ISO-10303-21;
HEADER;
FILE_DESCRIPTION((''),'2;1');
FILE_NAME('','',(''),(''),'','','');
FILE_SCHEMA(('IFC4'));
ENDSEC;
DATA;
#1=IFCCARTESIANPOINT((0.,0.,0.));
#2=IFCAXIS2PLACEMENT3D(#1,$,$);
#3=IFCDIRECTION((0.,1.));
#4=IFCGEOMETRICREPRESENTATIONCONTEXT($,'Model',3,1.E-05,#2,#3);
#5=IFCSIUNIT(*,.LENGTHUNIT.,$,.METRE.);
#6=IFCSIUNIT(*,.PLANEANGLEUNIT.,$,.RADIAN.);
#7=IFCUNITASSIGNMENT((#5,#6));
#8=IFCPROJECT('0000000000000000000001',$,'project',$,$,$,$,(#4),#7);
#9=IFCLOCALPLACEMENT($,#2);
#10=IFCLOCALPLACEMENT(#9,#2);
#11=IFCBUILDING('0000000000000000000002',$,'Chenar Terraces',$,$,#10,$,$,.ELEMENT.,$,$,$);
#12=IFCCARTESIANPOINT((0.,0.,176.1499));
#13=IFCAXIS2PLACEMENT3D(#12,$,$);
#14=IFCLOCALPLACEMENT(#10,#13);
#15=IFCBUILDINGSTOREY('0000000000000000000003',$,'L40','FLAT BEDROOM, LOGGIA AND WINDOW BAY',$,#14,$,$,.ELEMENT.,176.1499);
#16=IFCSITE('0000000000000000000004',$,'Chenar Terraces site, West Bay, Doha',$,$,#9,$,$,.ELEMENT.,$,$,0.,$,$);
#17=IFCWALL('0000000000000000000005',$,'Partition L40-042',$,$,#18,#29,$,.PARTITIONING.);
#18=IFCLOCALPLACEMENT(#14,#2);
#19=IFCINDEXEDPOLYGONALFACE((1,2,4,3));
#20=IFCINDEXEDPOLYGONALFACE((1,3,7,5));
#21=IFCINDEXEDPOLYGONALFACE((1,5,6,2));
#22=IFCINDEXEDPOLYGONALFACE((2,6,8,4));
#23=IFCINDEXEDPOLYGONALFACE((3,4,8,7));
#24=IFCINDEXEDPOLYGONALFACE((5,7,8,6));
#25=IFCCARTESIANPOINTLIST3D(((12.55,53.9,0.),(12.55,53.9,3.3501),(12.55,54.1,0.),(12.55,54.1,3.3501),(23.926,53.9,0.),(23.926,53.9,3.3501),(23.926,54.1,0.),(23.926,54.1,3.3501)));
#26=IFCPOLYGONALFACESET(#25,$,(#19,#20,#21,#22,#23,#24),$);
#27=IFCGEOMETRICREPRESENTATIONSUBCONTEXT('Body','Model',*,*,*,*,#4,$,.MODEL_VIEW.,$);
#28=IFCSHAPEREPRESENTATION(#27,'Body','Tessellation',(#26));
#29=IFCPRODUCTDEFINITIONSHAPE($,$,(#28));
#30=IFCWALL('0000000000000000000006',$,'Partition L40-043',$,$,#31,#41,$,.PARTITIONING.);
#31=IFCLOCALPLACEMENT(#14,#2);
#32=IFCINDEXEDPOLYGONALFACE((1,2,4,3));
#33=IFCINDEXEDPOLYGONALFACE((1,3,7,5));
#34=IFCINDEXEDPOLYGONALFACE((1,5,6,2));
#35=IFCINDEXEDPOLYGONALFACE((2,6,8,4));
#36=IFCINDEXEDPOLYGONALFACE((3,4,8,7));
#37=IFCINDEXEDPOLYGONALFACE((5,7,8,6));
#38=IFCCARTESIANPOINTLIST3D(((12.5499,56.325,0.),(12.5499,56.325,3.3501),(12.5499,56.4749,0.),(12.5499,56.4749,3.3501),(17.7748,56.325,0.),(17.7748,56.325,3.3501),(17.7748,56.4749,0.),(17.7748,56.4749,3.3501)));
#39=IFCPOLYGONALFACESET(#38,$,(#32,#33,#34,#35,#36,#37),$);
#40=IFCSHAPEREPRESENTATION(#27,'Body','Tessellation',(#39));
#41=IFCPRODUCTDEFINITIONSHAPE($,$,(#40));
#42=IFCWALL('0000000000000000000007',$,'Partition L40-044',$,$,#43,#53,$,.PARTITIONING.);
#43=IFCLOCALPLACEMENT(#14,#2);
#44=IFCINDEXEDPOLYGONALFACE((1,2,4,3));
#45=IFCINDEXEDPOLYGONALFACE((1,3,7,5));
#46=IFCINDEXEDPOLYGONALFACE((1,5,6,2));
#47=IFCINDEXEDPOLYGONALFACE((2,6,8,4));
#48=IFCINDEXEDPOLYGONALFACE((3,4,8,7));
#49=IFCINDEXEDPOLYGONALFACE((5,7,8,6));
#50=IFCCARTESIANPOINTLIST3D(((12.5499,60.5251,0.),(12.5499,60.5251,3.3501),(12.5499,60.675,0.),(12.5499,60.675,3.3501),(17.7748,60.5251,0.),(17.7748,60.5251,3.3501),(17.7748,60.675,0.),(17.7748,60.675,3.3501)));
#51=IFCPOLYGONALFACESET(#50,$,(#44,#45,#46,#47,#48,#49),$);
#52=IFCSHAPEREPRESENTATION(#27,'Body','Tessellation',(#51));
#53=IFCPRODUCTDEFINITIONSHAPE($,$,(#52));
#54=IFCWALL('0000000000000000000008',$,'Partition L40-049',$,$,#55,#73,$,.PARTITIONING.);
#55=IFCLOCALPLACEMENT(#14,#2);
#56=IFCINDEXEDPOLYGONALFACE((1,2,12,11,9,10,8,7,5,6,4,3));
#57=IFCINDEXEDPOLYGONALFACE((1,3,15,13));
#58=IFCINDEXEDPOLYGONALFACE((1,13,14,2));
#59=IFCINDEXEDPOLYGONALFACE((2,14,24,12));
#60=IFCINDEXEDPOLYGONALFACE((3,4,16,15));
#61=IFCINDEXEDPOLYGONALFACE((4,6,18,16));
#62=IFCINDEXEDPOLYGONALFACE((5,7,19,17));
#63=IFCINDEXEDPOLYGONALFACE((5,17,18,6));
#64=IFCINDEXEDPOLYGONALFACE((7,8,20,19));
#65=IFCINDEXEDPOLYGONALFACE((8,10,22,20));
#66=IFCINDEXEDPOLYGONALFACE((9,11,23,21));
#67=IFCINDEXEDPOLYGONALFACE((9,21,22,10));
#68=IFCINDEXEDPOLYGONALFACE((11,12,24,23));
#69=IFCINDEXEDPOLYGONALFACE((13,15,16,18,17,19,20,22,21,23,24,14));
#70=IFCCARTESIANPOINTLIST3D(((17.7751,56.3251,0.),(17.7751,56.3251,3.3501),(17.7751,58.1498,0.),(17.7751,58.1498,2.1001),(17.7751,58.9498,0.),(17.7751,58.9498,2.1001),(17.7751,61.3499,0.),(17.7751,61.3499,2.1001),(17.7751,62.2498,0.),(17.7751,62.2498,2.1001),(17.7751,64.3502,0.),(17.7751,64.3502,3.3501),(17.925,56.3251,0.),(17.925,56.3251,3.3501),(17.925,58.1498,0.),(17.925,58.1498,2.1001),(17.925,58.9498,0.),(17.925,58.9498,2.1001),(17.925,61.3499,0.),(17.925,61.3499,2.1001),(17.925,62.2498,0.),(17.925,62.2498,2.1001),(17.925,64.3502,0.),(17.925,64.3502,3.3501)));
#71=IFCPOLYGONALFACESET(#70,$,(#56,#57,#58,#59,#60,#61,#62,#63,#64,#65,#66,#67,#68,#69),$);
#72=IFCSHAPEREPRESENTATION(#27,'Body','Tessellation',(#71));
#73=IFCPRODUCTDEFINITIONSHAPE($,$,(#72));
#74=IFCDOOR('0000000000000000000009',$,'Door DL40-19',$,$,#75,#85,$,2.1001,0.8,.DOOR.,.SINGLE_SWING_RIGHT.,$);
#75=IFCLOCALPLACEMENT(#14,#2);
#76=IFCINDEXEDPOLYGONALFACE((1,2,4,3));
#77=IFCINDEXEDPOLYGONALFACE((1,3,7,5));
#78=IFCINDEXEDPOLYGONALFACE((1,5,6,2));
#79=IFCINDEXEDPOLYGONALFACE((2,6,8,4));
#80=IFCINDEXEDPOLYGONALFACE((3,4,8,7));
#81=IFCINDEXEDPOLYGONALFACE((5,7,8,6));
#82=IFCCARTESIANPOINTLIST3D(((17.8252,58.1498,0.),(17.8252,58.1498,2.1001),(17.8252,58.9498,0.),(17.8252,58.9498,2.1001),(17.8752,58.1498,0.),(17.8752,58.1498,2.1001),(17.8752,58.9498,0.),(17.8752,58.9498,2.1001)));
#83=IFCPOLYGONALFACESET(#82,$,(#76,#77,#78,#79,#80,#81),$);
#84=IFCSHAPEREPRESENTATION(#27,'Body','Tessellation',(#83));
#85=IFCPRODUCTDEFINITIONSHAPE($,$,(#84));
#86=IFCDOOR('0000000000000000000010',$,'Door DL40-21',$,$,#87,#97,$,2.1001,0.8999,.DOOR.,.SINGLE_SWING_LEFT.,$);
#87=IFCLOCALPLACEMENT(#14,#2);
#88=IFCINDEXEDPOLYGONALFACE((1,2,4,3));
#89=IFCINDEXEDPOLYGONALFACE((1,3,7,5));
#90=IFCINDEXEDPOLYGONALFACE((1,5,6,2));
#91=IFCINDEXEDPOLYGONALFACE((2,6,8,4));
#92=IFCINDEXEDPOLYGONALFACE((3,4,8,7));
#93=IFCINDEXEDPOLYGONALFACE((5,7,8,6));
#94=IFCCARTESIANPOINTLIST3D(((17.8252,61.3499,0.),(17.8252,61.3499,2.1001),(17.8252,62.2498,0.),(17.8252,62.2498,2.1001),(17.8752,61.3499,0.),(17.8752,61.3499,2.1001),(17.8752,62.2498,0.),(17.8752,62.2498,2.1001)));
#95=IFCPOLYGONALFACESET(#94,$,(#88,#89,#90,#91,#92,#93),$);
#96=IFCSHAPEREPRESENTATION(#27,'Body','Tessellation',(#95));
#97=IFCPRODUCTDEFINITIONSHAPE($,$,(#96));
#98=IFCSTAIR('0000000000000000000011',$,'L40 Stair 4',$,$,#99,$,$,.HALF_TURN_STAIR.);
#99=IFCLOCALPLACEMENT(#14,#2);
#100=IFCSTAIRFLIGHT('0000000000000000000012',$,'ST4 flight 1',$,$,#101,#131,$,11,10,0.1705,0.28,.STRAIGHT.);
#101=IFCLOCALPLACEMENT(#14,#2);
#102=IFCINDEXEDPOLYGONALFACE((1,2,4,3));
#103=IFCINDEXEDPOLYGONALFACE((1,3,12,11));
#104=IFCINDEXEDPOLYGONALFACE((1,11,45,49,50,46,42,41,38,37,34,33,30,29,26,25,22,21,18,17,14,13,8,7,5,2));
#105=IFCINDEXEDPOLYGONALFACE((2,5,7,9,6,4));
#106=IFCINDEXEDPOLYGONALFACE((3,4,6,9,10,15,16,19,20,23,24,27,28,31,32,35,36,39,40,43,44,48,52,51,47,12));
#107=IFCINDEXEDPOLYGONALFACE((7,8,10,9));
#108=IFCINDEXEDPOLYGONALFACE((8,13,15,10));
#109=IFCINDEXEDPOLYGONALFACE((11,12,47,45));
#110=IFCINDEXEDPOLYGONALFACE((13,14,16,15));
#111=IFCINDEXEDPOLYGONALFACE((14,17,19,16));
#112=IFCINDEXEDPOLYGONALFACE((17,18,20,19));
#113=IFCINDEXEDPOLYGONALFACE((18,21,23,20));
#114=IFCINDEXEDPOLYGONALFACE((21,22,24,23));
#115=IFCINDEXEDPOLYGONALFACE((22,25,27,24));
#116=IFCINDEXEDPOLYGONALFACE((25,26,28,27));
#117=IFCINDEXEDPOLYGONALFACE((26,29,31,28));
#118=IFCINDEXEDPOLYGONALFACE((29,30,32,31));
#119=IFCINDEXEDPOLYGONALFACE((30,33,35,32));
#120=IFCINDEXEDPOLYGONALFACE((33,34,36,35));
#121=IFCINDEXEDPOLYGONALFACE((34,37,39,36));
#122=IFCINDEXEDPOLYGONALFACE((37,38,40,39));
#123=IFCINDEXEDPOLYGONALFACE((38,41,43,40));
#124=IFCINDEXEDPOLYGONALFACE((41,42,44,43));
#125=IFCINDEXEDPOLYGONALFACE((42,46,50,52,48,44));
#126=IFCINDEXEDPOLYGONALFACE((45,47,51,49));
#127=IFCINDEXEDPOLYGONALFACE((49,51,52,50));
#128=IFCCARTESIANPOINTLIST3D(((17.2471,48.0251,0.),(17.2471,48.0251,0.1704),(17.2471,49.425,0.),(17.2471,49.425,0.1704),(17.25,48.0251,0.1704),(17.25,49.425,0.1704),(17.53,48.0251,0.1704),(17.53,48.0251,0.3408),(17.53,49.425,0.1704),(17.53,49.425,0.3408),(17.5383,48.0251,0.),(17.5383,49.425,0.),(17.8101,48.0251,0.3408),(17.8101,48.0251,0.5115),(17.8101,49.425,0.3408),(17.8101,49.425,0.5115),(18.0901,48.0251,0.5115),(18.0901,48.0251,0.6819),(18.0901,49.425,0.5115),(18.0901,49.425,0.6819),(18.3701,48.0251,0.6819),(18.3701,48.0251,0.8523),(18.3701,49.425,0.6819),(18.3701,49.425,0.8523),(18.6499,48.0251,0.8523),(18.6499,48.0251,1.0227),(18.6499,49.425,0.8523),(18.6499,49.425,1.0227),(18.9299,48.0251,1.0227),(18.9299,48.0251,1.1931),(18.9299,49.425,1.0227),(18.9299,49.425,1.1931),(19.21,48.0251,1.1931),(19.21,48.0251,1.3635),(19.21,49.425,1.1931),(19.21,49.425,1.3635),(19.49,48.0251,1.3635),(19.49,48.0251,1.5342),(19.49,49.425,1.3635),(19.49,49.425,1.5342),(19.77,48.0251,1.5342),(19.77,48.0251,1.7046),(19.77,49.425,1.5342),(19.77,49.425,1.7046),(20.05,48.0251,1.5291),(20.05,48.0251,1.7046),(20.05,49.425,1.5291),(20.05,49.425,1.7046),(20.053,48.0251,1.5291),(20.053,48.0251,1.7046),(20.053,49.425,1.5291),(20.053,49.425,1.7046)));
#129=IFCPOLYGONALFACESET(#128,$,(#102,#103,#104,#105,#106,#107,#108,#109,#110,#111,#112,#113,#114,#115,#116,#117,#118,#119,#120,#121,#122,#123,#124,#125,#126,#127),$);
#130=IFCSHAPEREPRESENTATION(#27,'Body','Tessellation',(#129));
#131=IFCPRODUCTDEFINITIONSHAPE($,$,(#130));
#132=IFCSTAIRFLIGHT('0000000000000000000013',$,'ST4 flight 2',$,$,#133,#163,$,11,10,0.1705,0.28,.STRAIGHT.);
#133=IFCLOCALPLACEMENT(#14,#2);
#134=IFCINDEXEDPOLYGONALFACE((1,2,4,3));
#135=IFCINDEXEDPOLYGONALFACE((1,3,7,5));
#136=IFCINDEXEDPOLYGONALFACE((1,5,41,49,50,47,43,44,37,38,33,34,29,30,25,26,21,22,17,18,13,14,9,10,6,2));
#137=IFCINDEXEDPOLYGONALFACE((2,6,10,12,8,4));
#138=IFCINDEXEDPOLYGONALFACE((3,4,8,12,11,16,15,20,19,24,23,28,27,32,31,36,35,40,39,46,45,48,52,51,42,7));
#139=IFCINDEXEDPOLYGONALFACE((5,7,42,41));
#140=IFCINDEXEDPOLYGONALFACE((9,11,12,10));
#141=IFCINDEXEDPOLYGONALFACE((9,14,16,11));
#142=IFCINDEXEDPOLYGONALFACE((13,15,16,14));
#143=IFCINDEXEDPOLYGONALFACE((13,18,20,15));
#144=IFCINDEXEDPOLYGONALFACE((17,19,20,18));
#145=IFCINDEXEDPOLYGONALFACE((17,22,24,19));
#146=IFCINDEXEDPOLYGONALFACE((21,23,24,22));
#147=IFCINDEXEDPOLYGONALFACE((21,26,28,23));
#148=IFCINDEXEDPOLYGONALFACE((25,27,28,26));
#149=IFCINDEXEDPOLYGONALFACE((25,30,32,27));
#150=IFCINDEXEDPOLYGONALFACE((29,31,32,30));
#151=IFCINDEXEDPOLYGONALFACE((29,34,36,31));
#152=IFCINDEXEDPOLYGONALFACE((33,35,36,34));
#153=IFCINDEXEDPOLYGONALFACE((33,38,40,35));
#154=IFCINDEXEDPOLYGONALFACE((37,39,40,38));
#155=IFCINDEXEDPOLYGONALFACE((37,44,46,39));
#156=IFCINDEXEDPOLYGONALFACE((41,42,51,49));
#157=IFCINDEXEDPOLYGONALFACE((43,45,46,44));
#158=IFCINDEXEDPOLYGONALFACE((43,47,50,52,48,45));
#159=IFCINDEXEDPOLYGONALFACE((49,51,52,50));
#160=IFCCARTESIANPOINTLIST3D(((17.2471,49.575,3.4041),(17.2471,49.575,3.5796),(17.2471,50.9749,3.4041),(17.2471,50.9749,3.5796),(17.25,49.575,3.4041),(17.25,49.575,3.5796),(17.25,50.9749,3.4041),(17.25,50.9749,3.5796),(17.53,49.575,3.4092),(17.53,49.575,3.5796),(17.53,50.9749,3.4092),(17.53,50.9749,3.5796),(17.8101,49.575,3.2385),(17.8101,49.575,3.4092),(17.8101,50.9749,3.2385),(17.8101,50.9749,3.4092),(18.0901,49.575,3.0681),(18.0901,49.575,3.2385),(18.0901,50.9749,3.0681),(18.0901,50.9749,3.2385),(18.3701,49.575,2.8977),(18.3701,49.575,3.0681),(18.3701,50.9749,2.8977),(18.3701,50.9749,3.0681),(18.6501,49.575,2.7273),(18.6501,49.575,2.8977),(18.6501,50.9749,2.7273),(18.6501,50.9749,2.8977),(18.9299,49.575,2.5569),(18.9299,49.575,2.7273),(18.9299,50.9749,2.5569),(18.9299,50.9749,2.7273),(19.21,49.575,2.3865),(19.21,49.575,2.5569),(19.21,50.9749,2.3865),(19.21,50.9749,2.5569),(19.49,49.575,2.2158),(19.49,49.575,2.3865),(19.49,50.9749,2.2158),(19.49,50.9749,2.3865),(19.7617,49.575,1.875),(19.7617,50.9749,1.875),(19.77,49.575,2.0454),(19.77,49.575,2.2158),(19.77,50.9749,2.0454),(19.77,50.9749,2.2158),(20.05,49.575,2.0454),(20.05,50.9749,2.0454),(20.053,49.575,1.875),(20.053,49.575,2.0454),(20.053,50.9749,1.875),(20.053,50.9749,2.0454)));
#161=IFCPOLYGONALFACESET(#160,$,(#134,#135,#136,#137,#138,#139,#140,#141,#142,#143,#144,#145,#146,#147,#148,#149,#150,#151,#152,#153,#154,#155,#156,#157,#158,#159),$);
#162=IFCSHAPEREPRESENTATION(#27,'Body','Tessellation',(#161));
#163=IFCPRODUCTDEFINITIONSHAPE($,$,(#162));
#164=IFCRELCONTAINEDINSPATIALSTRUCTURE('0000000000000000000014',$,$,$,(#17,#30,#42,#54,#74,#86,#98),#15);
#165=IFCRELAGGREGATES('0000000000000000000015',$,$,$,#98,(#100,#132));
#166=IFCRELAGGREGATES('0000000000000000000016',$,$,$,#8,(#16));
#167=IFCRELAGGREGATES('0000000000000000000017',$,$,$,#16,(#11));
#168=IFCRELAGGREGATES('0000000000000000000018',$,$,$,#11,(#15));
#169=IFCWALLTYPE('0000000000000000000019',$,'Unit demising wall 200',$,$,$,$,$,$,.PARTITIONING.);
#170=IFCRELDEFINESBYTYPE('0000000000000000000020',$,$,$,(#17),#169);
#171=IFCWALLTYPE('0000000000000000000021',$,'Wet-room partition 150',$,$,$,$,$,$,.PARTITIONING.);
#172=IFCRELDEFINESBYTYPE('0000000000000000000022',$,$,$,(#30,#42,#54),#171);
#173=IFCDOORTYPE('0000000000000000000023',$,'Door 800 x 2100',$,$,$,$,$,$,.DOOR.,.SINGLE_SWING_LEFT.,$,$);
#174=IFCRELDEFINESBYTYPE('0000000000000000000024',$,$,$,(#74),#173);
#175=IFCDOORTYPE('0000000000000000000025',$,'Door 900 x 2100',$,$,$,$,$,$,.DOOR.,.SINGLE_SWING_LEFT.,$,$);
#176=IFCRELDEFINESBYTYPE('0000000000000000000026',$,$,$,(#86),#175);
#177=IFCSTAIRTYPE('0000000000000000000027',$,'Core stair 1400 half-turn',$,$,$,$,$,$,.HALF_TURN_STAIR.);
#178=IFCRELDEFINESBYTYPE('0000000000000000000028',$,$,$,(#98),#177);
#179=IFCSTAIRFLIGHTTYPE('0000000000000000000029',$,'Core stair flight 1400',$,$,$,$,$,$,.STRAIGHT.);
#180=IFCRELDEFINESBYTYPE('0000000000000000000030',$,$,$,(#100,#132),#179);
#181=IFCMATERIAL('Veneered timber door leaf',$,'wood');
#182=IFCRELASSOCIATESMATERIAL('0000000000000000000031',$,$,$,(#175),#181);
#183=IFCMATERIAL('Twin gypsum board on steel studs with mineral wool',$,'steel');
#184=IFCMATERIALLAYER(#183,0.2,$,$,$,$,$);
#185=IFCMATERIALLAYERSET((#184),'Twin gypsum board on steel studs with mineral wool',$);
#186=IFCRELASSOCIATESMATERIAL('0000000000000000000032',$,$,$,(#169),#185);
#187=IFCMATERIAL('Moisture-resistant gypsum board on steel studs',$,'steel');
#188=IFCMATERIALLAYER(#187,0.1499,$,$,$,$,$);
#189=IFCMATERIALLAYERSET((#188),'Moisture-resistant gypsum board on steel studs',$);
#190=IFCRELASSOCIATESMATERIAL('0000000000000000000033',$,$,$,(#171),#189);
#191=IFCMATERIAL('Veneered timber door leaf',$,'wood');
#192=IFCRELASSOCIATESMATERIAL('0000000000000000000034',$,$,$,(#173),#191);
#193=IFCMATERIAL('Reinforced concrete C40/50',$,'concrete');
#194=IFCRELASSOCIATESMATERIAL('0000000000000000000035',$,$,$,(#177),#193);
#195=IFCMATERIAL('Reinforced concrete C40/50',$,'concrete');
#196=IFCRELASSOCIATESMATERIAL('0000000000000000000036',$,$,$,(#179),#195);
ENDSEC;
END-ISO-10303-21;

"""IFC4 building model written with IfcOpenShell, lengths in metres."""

from ifc_helpers import new_model, si_unit, direction, frame, frame_2d, origin, place, context, subcontext, project, spatial, polyline, rectangle, outline, extrude, material, layer, layer_set, type_object, element, fill, aggregate, save


model = new_model("IFC4")

# Units and contexts
model_context = context("Model", 3, precision=1e-05, world=origin(), true_north=direction((0.0, 1.0)))
body_context = subcontext(model_context, "Body", "Model", "MODEL_VIEW")
ifc_project = project(units=[si_unit("LENGTHUNIT", "METRE"), si_unit("PLANEANGLEUNIT", "RADIAN")], contexts=[model_context])

# Site, building, storey
site_placement = place(None, origin())
site = spatial("IfcSite", under=ifc_project, at=site_placement, Name="Chenar Terraces site, West Bay, Doha", CompositionType="ELEMENT", RefElevation=0.0)
building_placement = place(site_placement, origin())
building = spatial("IfcBuilding", under=site, at=building_placement, Name="Chenar Terraces", CompositionType="ELEMENT")
storey_placement = place(building_placement, frame((0.0, 0.0, 176.1499)))
storey = spatial("IfcBuildingStorey", under=building, at=storey_placement, Name="L40", Description="FLAT BEDROOM, LOGGIA AND WINDOW BAY", CompositionType="ELEMENT", Elevation=176.1499)

# Shared definitions
ifc_material_1 = material(Name="Veneered timber door leaf", Category="wood")
door_type_1 = type_object("IfcDoorType", Name="Door 900 x 2100", OperationType="SINGLE_SWING_LEFT", PredefinedType="DOOR", material=ifc_material_1)

# Walls
ifc_material_2 = material(Name="Twin gypsum board on steel studs with mineral wool", Category="steel")
ifc_layer_1 = layer(ifc_material_2, 0.2)
ifc_layer_set_1 = layer_set([ifc_layer_1], Name="Twin gypsum board on steel studs with mineral wool")
wall_type_1 = type_object("IfcWallType", Name="Unit demising wall 200", PredefinedType="PARTITIONING", material=ifc_layer_set_1)
wall_1_placement = place(storey_placement, frame((12.55, 54.0, 0.0), z_axis=(0.0, 0.0, 1.0), x_axis=(1.0, 0.0, 0.0)))
element("IfcWall", 1, at=wall_1_placement, inside=storey, type_object=wall_type_1, Name="Partition L40-042", PredefinedType="PARTITIONING", context=body_context, shape_type="SweptSolid", body=[
    extrude(rectangle(XDim=11.376, YDim=0.2, at=frame_2d((5.688, 0.0))), origin(), (0.0, 0.0, 1.0), 3.3501),
])
ifc_material_3 = material(Name="Moisture-resistant gypsum board on steel studs", Category="steel")
ifc_layer_2 = layer(ifc_material_3, 0.1499)
ifc_layer_set_2 = layer_set([ifc_layer_2], Name="Moisture-resistant gypsum board on steel studs")
wall_type_2 = type_object("IfcWallType", Name="Wet-room partition 150", PredefinedType="PARTITIONING", material=ifc_layer_set_2)
for number, where, z_axis, x_axis, name in (
    (2, (12.55, 56.3999, 0.0), (0.0, 0.0, 1.0), (1.0, 0.0, 0.0), "Partition L40-043"),
    (3, (12.55, 60.6001, 0.0), (0.0, 0.0, 1.0), (1.0, 0.0, 0.0), "Partition L40-044"),
):
    element("IfcWall", number, at=place(storey_placement, frame(where, z_axis=z_axis, x_axis=x_axis)), inside=storey, type_object=wall_type_2, Name=name, PredefinedType="PARTITIONING", context=body_context, shape_type="SweptSolid", body=[
        extrude(rectangle(XDim=5.2249, YDim=0.1499, at=frame_2d((2.6123, 0.0))), origin(), (0.0, 0.0, 1.0), 3.3501),
    ])

# Wall, openings, doors
wall_2_placement = place(storey_placement, frame((17.8501, 56.325, 0.0), z_axis=(0.0, 0.0, 1.0), x_axis=(0.0, 1.0, 0.0)))
wall_2 = element("IfcWall", 4, at=wall_2_placement, inside=storey, type_object=wall_type_2, Name="Partition L40-049", PredefinedType="PARTITIONING", context=body_context, shape_type="SweptSolid", body=[
    extrude(rectangle(XDim=8.0251, YDim=0.1499, at=frame_2d((4.0127, 0.0))), origin(), (0.0, 0.0, 1.0), 3.3501),
])
opening_1_placement = place(wall_2_placement, frame((1.825, 0.0, 0.0)))
opening_1 = element("IfcOpeningElement", 5, at=opening_1_placement, cuts=wall_2, PredefinedType="OPENING", context=body_context, shape_type="SweptSolid", body=[
    extrude(rectangle(XDim=0.8, YDim=2.1001, at=frame_2d((0.3999, 1.05))), frame((0.0, 0.085, 0.0), z_axis=(0.0, -1.0, 0.0), x_axis=(1.0, 0.0, 0.0)), (0.0, 0.0, 1.0), 0.1699),
])
opening_2_placement = place(wall_2_placement, frame((5.0249, 0.0, 0.0)))
opening_2 = element("IfcOpeningElement", 6, at=opening_2_placement, cuts=wall_2, PredefinedType="OPENING", context=body_context, shape_type="SweptSolid", body=[
    extrude(rectangle(XDim=0.8999, YDim=2.1001, at=frame_2d((0.45, 1.05))), frame((0.0, 0.085, 0.0), z_axis=(0.0, -1.0, 0.0), x_axis=(1.0, 0.0, 0.0)), (0.0, 0.0, 1.0), 0.1699),
])
ifc_material_4 = material(Name="Veneered timber door leaf", Category="wood")
door_type_2 = type_object("IfcDoorType", Name="Door 800 x 2100", OperationType="SINGLE_SWING_LEFT", PredefinedType="DOOR", material=ifc_material_4)
door_1_placement = place(opening_1_placement, origin())
door_1 = element("IfcDoor", 7, at=door_1_placement, inside=storey, type_object=door_type_2, Name="Door DL40-19", OperationType="SINGLE_SWING_RIGHT", OverallHeight=2.1001, OverallWidth=0.8, PredefinedType="DOOR", context=body_context, shape_type="SweptSolid", body=[
    extrude(rectangle(XDim=0.8, YDim=2.1001, at=frame_2d((0.3999, 1.05))), frame((0.0, 0.0249, 0.0), z_axis=(0.0, -1.0, 0.0), x_axis=(1.0, 0.0, 0.0)), (0.0, 0.0, 1.0), 0.05),
])
fill(opening_1, door_1)
door_2_placement = place(opening_2_placement, origin())
door_2 = element("IfcDoor", 8, at=door_2_placement, inside=storey, type_object=door_type_1, Name="Door DL40-21", OperationType="SINGLE_SWING_LEFT", OverallHeight=2.1001, OverallWidth=0.8999, PredefinedType="DOOR", context=body_context, shape_type="SweptSolid", body=[
    extrude(rectangle(XDim=0.8999, YDim=2.1001, at=frame_2d((0.45, 1.05))), frame((0.0, 0.0249, 0.0), z_axis=(0.0, -1.0, 0.0), x_axis=(1.0, 0.0, 0.0)), (0.0, 0.0, 1.0), 0.05),
])
fill(opening_2, door_2)

# Stair, stair flights
ifc_material_5 = material(Name="Reinforced concrete C40/50", Category="concrete")
stair_type = type_object("IfcStairType", Name="Core stair 1400 half-turn", PredefinedType="HALF_TURN_STAIR", material=ifc_material_5)
stair_placement = place(storey_placement, origin())
stair = element("IfcStair", 9, at=stair_placement, inside=storey, type_object=stair_type, Name="L40 Stair 4", PredefinedType="HALF_TURN_STAIR")
ifc_material_6 = material(Name="Reinforced concrete C40/50", Category="concrete")
stair_flight_type = type_object("IfcStairFlightType", Name="Core stair flight 1400", PredefinedType="STRAIGHT", material=ifc_material_6)
stair_flight_1_placement = place(storey_placement, frame((17.25, 48.7251, 0.0), z_axis=(0.0, 0.0, 1.0), x_axis=(1.0, 0.0, 0.0)))
stair_flight_1 = element("IfcStairFlight", 10, at=stair_flight_1_placement, type_object=stair_flight_type, Name="ST4 flight 1", NumberOfRisers=11, NumberOfTreads=10, PredefinedType="STRAIGHT", RiserHeight=0.1705, TreadLength=0.28, context=body_context, shape_type="SweptSolid", body=[
    extrude(outline(polyline([(-0.0029, 0.0), (-0.0029, 0.1704), (0.0, 0.1704), (0.28, 0.1704), (0.28, 0.3408), (0.5601, 0.3408), (0.5601, 0.5115), (0.8401, 0.5115), (0.8401, 0.6819), (1.1201, 0.6819), (1.1201, 0.8523), (1.3999, 0.8523), (1.3999, 1.0227), (1.6799, 1.0227), (1.6799, 1.1931), (1.96, 1.1931), (1.96, 1.3635), (2.24, 1.3635), (2.24, 1.5342), (2.52, 1.5342), (2.52, 1.7046), (2.8, 1.7046), (2.803, 1.7046), (2.803, 1.5291), (2.8, 1.5291), (0.2883, 0.0), (-0.0029, 0.0)])), frame((0.0, 0.7, 0.0), z_axis=(0.0, -1.0, 0.0), x_axis=(1.0, 0.0, 0.0)), (0.0, 0.0, 1.0), 1.3999),
])
stair_flight_2_placement = place(storey_placement, frame((20.05, 50.2749, 1.875), z_axis=(0.0, 0.0, 1.0), x_axis=(-1.0, 0.0, 0.0)))
stair_flight_2 = element("IfcStairFlight", 11, at=stair_flight_2_placement, type_object=stair_flight_type, Name="ST4 flight 2", NumberOfRisers=11, NumberOfTreads=10, PredefinedType="STRAIGHT", RiserHeight=0.1705, TreadLength=0.28, context=body_context, shape_type="SweptSolid", body=[
    extrude(outline(polyline([(-0.0029, 0.0), (-0.0029, 0.1704), (0.0, 0.1704), (0.28, 0.1704), (0.28, 0.3408), (0.5601, 0.3408), (0.5601, 0.5115), (0.8401, 0.5115), (0.8401, 0.6819), (1.1201, 0.6819), (1.1201, 0.8523), (1.3999, 0.8523), (1.3999, 1.0227), (1.6799, 1.0227), (1.6799, 1.1931), (1.96, 1.1931), (1.96, 1.3635), (2.24, 1.3635), (2.24, 1.5342), (2.52, 1.5342), (2.52, 1.7046), (2.8, 1.7046), (2.803, 1.7046), (2.803, 1.5291), (2.8, 1.5291), (0.2883, 0.0), (-0.0029, 0.0)])), frame((0.0, 0.7, 0.0), z_axis=(0.0, -1.0, 0.0), x_axis=(1.0, 0.0, 0.0)), (0.0, 0.0, 1.0), 1.3999),
])
aggregate(stair, [stair_flight_1, stair_flight_2])

save(model, "model.ifc")
